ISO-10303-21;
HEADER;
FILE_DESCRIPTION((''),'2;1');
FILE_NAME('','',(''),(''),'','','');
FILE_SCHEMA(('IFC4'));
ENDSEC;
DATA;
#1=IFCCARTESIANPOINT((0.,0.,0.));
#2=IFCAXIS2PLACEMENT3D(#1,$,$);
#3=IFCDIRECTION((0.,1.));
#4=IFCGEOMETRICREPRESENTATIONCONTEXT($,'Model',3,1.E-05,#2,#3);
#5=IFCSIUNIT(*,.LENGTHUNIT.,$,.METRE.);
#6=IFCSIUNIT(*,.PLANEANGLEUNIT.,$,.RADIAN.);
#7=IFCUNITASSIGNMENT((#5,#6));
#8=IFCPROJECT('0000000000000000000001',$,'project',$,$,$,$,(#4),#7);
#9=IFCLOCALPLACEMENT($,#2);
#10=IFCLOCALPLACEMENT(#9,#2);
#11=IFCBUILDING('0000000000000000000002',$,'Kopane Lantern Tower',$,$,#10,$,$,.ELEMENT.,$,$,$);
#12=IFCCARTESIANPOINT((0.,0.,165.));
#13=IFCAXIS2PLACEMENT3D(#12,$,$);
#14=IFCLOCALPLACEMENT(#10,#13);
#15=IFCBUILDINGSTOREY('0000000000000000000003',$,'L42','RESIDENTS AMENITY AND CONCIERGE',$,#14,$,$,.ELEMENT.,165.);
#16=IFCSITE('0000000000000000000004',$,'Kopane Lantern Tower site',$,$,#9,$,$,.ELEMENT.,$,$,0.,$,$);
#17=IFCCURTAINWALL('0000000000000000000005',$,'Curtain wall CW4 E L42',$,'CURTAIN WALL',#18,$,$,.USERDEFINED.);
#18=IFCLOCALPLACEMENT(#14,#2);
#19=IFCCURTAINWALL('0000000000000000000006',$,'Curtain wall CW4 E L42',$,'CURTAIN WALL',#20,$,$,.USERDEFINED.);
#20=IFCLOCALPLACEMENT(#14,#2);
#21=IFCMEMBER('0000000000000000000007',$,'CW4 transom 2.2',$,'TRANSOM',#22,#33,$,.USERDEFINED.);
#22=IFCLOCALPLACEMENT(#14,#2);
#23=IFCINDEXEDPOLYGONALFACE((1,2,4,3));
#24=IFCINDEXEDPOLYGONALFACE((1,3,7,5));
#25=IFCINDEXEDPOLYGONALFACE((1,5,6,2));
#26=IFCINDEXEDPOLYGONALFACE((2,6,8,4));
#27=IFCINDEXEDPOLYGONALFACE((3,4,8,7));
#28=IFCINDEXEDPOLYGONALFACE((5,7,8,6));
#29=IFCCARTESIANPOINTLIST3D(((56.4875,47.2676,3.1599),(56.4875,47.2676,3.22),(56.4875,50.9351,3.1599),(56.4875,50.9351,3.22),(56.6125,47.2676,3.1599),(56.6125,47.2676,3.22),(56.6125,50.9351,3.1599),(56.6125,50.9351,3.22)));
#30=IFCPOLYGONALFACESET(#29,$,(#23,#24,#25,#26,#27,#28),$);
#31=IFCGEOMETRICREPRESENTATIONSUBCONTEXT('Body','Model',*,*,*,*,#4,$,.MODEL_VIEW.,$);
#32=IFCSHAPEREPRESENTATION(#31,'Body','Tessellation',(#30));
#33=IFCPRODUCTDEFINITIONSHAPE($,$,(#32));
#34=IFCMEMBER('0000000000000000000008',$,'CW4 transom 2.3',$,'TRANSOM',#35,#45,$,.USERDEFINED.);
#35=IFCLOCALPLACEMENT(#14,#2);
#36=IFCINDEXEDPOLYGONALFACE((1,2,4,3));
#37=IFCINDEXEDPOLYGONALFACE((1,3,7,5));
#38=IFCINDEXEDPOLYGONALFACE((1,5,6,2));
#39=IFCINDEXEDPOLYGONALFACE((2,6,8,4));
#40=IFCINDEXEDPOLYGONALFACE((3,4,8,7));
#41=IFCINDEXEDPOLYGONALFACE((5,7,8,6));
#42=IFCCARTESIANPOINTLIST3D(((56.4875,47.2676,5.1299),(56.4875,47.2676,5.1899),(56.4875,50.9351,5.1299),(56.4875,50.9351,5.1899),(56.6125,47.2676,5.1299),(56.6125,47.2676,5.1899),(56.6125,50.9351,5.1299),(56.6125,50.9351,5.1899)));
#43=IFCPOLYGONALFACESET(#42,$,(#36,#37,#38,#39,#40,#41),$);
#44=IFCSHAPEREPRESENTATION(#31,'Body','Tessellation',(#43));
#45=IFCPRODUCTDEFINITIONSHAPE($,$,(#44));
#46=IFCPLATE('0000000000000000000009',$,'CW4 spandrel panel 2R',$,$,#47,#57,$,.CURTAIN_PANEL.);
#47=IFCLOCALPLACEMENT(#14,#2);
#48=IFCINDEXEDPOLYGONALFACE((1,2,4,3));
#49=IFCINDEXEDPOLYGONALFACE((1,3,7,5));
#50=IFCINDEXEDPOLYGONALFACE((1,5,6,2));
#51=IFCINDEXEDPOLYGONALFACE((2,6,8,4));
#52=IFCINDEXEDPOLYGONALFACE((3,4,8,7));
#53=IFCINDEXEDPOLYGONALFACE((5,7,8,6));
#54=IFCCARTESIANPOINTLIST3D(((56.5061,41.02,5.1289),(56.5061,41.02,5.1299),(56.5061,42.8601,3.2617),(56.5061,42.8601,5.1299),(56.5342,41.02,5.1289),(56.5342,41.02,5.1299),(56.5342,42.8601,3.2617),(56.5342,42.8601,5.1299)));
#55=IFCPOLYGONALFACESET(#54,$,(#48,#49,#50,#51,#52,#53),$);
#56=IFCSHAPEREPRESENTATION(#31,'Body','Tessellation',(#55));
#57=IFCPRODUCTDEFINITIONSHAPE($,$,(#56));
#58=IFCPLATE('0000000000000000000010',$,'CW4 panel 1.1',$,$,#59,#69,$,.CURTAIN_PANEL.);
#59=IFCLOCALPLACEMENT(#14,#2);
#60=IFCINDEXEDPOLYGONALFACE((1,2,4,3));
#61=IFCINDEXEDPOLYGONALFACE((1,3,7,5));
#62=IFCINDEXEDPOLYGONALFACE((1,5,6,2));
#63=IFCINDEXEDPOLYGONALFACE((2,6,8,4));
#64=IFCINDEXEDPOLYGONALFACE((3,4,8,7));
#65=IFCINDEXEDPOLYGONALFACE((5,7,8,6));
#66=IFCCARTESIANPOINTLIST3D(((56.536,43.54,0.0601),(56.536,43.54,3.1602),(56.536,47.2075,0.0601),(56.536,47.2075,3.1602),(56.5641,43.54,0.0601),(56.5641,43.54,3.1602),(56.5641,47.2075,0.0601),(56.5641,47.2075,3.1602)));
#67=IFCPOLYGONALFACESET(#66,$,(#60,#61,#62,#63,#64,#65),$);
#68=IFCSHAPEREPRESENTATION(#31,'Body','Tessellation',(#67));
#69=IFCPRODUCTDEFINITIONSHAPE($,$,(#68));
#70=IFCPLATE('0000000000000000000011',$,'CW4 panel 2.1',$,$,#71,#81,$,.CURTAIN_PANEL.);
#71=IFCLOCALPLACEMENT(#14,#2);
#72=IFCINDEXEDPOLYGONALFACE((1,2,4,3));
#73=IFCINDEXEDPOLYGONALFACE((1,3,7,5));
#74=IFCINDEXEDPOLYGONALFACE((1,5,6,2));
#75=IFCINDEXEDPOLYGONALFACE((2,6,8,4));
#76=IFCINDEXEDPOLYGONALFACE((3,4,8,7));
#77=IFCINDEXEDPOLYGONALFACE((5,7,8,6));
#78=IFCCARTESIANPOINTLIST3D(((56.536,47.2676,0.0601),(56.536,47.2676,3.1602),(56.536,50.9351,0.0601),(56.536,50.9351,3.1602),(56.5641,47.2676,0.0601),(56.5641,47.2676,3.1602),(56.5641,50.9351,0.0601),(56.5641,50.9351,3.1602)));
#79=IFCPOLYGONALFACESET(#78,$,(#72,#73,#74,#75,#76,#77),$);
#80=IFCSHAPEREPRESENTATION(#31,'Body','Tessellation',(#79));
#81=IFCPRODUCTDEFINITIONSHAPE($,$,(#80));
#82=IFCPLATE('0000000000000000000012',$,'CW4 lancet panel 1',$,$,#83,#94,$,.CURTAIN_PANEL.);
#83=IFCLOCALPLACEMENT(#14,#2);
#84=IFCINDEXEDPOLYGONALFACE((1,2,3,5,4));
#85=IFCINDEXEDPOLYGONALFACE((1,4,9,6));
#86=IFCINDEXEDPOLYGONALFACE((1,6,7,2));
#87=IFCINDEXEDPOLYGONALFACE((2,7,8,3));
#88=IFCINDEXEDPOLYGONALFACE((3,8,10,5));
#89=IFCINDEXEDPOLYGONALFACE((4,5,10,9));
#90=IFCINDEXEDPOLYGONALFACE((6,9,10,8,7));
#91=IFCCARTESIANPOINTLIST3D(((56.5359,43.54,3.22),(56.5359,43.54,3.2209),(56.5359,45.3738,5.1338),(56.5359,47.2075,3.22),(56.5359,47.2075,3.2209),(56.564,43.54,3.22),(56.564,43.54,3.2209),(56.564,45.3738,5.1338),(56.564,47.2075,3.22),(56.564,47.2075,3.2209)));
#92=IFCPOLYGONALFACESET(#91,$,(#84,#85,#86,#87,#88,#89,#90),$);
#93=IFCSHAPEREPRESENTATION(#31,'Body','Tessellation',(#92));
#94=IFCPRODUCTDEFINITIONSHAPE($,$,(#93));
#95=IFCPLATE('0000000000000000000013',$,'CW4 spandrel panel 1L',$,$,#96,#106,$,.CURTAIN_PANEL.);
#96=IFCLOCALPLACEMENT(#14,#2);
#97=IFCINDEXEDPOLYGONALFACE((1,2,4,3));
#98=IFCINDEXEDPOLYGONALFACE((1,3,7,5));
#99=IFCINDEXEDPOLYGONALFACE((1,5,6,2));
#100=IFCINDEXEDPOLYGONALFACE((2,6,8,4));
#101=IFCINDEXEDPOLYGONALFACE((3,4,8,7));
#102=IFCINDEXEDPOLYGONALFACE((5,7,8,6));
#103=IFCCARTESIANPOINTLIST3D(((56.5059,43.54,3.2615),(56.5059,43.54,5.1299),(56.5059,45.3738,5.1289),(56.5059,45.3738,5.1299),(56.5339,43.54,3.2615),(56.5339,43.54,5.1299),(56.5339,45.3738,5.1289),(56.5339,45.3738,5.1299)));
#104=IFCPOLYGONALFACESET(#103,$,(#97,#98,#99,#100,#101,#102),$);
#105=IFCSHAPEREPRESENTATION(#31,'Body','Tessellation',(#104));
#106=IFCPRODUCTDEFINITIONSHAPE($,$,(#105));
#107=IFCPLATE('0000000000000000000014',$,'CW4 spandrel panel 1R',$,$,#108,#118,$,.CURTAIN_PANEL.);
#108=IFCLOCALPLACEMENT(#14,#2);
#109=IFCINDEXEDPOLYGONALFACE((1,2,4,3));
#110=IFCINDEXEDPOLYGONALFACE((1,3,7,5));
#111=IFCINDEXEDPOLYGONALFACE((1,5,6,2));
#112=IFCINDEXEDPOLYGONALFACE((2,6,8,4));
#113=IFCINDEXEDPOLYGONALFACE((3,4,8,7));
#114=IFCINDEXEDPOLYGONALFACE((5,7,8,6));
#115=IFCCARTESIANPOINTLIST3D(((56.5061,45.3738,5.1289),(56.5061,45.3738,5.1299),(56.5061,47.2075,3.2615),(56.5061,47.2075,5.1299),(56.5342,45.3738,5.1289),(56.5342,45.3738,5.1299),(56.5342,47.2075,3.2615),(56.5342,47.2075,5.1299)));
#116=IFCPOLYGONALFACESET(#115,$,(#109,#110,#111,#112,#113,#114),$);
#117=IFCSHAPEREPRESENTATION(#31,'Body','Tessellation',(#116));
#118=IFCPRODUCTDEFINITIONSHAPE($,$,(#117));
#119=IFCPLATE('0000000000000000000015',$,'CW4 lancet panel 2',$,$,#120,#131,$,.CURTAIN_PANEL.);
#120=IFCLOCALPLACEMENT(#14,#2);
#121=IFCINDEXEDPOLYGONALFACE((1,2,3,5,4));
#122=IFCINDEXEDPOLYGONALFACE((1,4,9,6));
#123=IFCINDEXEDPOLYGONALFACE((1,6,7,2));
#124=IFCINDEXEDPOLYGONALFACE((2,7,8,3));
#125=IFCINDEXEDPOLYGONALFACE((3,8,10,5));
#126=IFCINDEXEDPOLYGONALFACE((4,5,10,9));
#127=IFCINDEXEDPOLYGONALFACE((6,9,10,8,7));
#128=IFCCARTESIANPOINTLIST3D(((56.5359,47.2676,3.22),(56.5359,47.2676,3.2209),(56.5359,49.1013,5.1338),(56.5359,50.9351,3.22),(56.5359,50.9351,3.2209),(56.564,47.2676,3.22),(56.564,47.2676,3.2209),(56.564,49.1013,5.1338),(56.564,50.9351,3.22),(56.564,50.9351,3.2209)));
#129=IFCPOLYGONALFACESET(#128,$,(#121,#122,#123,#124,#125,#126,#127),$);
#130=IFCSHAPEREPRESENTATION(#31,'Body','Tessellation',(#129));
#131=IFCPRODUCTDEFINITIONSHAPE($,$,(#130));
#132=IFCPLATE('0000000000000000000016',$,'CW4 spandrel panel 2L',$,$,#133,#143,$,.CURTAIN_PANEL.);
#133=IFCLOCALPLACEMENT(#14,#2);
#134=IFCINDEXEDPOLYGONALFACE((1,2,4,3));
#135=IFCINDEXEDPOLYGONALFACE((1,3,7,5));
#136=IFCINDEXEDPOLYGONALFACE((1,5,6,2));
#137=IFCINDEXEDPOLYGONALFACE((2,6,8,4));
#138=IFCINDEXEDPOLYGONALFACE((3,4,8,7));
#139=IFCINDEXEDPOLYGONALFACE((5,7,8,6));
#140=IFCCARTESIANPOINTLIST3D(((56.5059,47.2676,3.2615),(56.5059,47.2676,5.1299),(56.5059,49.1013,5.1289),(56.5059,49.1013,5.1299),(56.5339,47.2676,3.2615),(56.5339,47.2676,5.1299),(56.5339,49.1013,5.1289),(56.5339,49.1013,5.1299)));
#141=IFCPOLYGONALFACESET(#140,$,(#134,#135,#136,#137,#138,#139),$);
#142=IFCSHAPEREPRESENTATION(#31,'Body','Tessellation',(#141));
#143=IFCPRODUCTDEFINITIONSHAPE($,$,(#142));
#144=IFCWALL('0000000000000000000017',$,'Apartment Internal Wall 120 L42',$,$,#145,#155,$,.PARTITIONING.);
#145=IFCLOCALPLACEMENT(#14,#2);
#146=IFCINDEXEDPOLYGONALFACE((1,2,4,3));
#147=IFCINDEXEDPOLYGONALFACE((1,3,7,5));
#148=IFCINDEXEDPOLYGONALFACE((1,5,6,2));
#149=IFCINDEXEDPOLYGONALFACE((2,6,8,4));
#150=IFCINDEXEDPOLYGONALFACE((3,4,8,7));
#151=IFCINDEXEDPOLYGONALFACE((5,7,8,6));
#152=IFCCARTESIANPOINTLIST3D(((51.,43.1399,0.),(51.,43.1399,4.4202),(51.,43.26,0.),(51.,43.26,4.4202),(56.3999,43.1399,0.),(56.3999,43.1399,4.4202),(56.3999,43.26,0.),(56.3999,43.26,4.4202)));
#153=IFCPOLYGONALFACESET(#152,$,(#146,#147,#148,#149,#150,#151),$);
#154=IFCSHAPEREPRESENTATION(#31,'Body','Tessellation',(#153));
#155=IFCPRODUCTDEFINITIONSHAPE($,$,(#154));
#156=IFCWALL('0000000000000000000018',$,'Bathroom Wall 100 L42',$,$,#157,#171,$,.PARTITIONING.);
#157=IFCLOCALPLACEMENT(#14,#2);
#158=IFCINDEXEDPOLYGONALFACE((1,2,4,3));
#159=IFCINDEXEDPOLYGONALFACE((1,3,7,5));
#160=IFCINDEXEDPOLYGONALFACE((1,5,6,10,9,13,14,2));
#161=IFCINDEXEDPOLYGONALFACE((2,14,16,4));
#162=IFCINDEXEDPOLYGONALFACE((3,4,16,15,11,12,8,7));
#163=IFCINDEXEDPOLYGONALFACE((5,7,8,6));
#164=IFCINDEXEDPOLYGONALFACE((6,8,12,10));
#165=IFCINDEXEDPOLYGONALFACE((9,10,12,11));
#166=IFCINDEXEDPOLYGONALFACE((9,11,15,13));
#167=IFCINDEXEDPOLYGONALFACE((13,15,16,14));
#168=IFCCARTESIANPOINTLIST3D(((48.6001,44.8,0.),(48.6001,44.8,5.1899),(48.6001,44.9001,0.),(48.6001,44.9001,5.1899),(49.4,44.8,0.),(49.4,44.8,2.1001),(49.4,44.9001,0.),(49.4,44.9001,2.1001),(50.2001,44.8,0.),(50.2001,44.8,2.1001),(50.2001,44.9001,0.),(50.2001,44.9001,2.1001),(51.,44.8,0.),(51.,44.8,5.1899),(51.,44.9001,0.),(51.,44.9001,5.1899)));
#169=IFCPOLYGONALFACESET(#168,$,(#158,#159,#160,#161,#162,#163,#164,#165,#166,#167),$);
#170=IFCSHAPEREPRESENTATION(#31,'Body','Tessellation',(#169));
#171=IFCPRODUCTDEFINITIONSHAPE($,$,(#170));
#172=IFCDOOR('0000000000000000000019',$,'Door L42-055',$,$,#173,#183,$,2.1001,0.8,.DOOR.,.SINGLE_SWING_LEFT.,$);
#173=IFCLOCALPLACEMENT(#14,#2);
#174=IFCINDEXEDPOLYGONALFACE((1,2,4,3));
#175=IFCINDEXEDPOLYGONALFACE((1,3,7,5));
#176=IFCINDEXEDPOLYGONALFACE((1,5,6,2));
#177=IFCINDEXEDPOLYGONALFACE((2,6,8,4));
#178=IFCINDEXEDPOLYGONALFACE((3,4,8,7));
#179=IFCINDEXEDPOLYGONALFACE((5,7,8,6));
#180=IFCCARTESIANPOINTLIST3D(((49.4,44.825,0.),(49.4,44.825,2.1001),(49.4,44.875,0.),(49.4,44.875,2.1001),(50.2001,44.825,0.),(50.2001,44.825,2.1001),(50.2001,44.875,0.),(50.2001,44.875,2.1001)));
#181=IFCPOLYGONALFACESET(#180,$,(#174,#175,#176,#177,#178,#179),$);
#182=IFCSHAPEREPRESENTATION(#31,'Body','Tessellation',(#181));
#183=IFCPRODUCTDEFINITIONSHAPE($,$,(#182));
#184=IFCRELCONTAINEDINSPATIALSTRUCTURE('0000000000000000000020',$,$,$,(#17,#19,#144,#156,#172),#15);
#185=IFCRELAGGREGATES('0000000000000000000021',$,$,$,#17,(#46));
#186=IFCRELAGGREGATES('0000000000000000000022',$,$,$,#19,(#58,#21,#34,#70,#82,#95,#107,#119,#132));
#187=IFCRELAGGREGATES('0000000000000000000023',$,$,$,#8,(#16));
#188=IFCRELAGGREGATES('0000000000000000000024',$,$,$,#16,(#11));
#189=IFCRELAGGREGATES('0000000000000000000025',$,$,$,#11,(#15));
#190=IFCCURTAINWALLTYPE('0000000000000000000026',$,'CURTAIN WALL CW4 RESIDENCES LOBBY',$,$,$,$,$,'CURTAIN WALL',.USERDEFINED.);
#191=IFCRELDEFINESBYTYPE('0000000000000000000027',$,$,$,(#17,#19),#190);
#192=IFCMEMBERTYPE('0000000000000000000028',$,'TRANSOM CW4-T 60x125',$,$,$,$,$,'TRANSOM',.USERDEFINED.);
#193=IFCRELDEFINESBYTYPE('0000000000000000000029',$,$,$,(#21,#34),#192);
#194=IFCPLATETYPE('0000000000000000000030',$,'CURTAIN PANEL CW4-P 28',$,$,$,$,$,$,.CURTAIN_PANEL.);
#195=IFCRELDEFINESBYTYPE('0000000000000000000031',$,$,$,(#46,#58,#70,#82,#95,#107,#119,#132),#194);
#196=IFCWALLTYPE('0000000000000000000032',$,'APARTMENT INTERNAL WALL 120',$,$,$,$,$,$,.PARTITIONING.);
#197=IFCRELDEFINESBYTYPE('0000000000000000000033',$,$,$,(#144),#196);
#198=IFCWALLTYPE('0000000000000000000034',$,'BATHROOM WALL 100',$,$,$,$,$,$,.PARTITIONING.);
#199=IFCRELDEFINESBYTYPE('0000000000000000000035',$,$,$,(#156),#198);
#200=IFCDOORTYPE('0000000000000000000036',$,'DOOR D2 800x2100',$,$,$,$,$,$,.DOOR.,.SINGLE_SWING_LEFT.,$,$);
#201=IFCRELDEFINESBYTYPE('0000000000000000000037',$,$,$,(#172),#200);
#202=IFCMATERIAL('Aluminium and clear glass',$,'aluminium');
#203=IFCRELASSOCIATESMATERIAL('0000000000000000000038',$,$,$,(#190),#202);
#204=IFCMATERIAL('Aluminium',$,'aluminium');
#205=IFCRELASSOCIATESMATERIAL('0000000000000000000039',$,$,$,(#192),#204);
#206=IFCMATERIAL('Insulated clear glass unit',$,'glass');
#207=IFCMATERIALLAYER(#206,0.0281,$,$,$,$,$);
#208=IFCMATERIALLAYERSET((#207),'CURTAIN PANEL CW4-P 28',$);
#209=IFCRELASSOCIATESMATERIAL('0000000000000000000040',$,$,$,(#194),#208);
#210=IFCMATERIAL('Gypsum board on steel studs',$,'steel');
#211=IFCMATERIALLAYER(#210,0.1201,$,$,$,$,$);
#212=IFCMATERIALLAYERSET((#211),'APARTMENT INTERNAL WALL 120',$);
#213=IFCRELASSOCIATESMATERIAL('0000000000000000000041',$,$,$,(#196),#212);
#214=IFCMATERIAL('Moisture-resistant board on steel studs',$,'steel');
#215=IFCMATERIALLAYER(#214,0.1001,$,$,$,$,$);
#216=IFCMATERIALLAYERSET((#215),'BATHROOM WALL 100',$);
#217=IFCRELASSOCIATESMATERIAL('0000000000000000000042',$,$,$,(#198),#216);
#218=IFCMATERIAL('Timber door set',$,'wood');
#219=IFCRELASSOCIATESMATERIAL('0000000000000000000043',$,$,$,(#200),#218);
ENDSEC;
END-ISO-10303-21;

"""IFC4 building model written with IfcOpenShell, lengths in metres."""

from ifc_helpers import new_model, si_unit, direction, frame, frame_2d, origin, origin_2d, place, context, subcontext, project, spatial, polyline, rectangle, outline, extrude, material, layer, layer_set, material_profile, profile_set, type_object, element, fill, aggregate, save


model = new_model("IFC4")

# Units and contexts
model_context = context("Model", 3, precision=1e-05, world=origin(), true_north=direction((0.0, 1.0)))
body_context = subcontext(model_context, "Body", "Model", "MODEL_VIEW")
ifc_project = project(units=[si_unit("LENGTHUNIT", "METRE"), si_unit("PLANEANGLEUNIT", "RADIAN")], contexts=[model_context])

# Site, building, storey
site_placement = place(None, origin())
site = spatial("IfcSite", under=ifc_project, at=site_placement, Name="Kopane Lantern Tower site", CompositionType="ELEMENT", RefElevation=0.0)
building_placement = place(site_placement, origin())
building = spatial("IfcBuilding", under=site, at=building_placement, Name="Kopane Lantern Tower", CompositionType="ELEMENT")
storey_placement = place(building_placement, frame((0.0, 0.0, 165.0)))
storey = spatial("IfcBuildingStorey", under=building, at=storey_placement, Name="L42", Description="RESIDENTS AMENITY AND CONCIERGE", CompositionType="ELEMENT", Elevation=165.0)

# Curtain wall
ifc_material_1 = material(Name="Aluminium and clear glass", Category="aluminium")
curtain_wall_type = type_object("IfcCurtainWallType", Name="CURTAIN WALL CW4 RESIDENCES LOBBY", ElementType="CURTAIN WALL", PredefinedType="USERDEFINED", material=ifc_material_1)
curtain_wall_1_placement = place(storey_placement, origin())
curtain_wall_1 = element("IfcCurtainWall", 1, at=curtain_wall_1_placement, inside=storey, type_object=curtain_wall_type, Name="Curtain wall CW4 E L42", ObjectType="CURTAIN WALL", PredefinedType="USERDEFINED")

# Curtain wall, members
curtain_wall_2_placement = place(storey_placement, origin())
curtain_wall_2 = element("IfcCurtainWall", 2, at=curtain_wall_2_placement, inside=storey, type_object=curtain_wall_type, Name="Curtain wall CW4 E L42", ObjectType="CURTAIN WALL", PredefinedType="USERDEFINED")
ifc_material_2 = material(Name="Aluminium", Category="aluminium")
ifc_material_profile_1 = material_profile(ifc_material_2, rectangle(XDim=0.125, YDim=0.0601, at=origin_2d()), Name="AL 125x60")
ifc_profile_set_1 = profile_set([ifc_material_profile_1], Name="Aluminium")
member_type_1 = type_object("IfcMemberType", Name="TRANSOM CW4-T 60x125", ElementType="TRANSOM", PredefinedType="USERDEFINED", material=ifc_profile_set_1)
member_1_placement = place(storey_placement, frame((56.55, 47.2676, 3.1899), z_axis=(0.0, 1.0, 0.0), x_axis=(-1.0, 0.0, 0.0)))
member_1 = element("IfcMember", 3, at=member_1_placement, type_object=member_type_1, Name="CW4 transom 2.2", ObjectType="TRANSOM", PredefinedType="USERDEFINED", context=body_context, shape_type="SweptSolid", body=[
    extrude(rectangle(XDim=0.125, YDim=0.0601, at=origin_2d()), origin(), (0.0, 0.0, 1.0), 3.6675),
])
member_2_placement = place(storey_placement, frame((56.55, 47.2676, 5.1599), z_axis=(0.0, 1.0, 0.0), x_axis=(-1.0, 0.0, 0.0)))
member_2 = element("IfcMember", 4, at=member_2_placement, type_object=member_type_1, Name="CW4 transom 2.3", ObjectType="TRANSOM", PredefinedType="USERDEFINED", context=body_context, shape_type="SweptSolid", body=[
    extrude(rectangle(XDim=0.125, YDim=0.0601, at=origin_2d()), origin(), (0.0, 0.0, 1.0), 3.6675),
])

# Plates
ifc_material_3 = material(Name="Insulated clear glass unit", Category="glass")
ifc_layer_1 = layer(ifc_material_3, 0.0281)
ifc_layer_set_1 = layer_set([ifc_layer_1], Name="CURTAIN PANEL CW4-P 28")
plate_type = type_object("IfcPlateType", Name="CURTAIN PANEL CW4-P 28", PredefinedType="CURTAIN_PANEL", material=ifc_layer_set_1)
plate_1_placement = place(storey_placement, frame((56.52, 42.8601, 5.1299), z_axis=(0.0, 0.0, 1.0), x_axis=(0.0, -1.0, 0.0)))
plate_1 = element("IfcPlate", 5, at=plate_1_placement, type_object=plate_type, Name="CW4 spandrel panel 2R", PredefinedType="CURTAIN_PANEL", context=body_context, shape_type="SweptSolid", body=[
    extrude(outline(polyline([(0.0, 0.0), (1.8401, 0.0), (1.8401, -0.001), (0.0, -1.8682), (0.0, 0.0)])), frame((0.0, 0.0142, 0.0), z_axis=(0.0, -1.0, 0.0), x_axis=(1.0, 0.0, 0.0)), (0.0, 0.0, 1.0), 0.0281),
])
aggregate(curtain_wall_1, [plate_1])
plate_2_placement = place(storey_placement, frame((56.55, 45.3738, 0.0601), z_axis=(0.0, 0.0, 1.0), x_axis=(0.0, 1.0, 0.0)))
plate_2 = element("IfcPlate", 6, at=plate_2_placement, type_object=plate_type, Name="CW4 panel 1.1", PredefinedType="CURTAIN_PANEL", context=body_context, shape_type="SweptSolid", body=[
    extrude(rectangle(XDim=3.6675, YDim=0.0281, at=origin_2d()), origin(), (0.0, 0.0, 1.0), 3.1001),
])
plate_3_placement = place(storey_placement, frame((56.55, 49.1013, 0.0601), z_axis=(0.0, 0.0, 1.0), x_axis=(0.0, 1.0, 0.0)))
plate_3 = element("IfcPlate", 7, at=plate_3_placement, type_object=plate_type, Name="CW4 panel 2.1", PredefinedType="CURTAIN_PANEL", context=body_context, shape_type="SweptSolid", body=[
    extrude(rectangle(XDim=3.6675, YDim=0.0281, at=origin_2d()), origin(), (0.0, 0.0, 1.0), 3.1001),
])
plate_4_placement = place(storey_placement, frame((56.55, 43.54, 3.22), z_axis=(0.0, 0.0, 1.0), x_axis=(0.0, 1.0, 0.0)))
plate_4 = element("IfcPlate", 8, at=plate_4_placement, type_object=plate_type, Name="CW4 lancet panel 1", PredefinedType="CURTAIN_PANEL", context=body_context, shape_type="SweptSolid", body=[
    extrude(outline(polyline([(0.0, 0.0), (3.6675, 0.0), (3.6675, 0.001), (1.8337, 1.9138), (0.0, 0.001), (0.0, 0.0)])), frame((0.0, 0.0142, 0.0), z_axis=(0.0, -1.0, 0.0), x_axis=(1.0, 0.0, 0.0)), (0.0, 0.0, 1.0), 0.0281),
])
plate_5_placement = place(storey_placement, frame((56.52, 43.54, 5.1299), z_axis=(0.0, 0.0, 1.0), x_axis=(0.0, 1.0, 0.0)))
plate_5 = element("IfcPlate", 9, at=plate_5_placement, type_object=plate_type, Name="CW4 spandrel panel 1L", PredefinedType="CURTAIN_PANEL", context=body_context, shape_type="SweptSolid", body=[
    extrude(outline(polyline([(0.0, 0.0), (1.8337, 0.0), (1.8337, -0.001), (0.0, -1.8684), (0.0, 0.0)])), frame((0.0, 0.0142, 0.0), z_axis=(0.0, -1.0, 0.0), x_axis=(1.0, 0.0, 0.0)), (0.0, 0.0, 1.0), 0.0281),
])
plate_6_placement = place(storey_placement, frame((56.52, 47.2075, 5.1299), z_axis=(0.0, 0.0, 1.0), x_axis=(0.0, -1.0, 0.0)))
plate_6 = element("IfcPlate", 10, at=plate_6_placement, type_object=plate_type, Name="CW4 spandrel panel 1R", PredefinedType="CURTAIN_PANEL", context=body_context, shape_type="SweptSolid", body=[
    extrude(outline(polyline([(0.0, 0.0), (1.8337, 0.0), (1.8337, -0.001), (0.0, -1.8684), (0.0, 0.0)])), frame((0.0, 0.0142, 0.0), z_axis=(0.0, -1.0, 0.0), x_axis=(1.0, 0.0, 0.0)), (0.0, 0.0, 1.0), 0.0281),
])
plate_7_placement = place(storey_placement, frame((56.55, 47.2676, 3.22), z_axis=(0.0, 0.0, 1.0), x_axis=(0.0, 1.0, 0.0)))
plate_7 = element("IfcPlate", 11, at=plate_7_placement, type_object=plate_type, Name="CW4 lancet panel 2", PredefinedType="CURTAIN_PANEL", context=body_context, shape_type="SweptSolid", body=[
    extrude(outline(polyline([(0.0, 0.0), (3.6675, 0.0), (3.6675, 0.001), (1.8337, 1.9138), (0.0, 0.001), (0.0, 0.0)])), frame((0.0, 0.0142, 0.0), z_axis=(0.0, -1.0, 0.0), x_axis=(1.0, 0.0, 0.0)), (0.0, 0.0, 1.0), 0.0281),
])
plate_8_placement = place(storey_placement, frame((56.52, 47.2676, 5.1299), z_axis=(0.0, 0.0, 1.0), x_axis=(0.0, 1.0, 0.0)))
plate_8 = element("IfcPlate", 12, at=plate_8_placement, type_object=plate_type, Name="CW4 spandrel panel 2L", PredefinedType="CURTAIN_PANEL", context=body_context, shape_type="SweptSolid", body=[
    extrude(outline(polyline([(0.0, 0.0), (1.8337, 0.0), (1.8337, -0.001), (0.0, -1.8684), (0.0, 0.0)])), frame((0.0, 0.0142, 0.0), z_axis=(0.0, -1.0, 0.0), x_axis=(1.0, 0.0, 0.0)), (0.0, 0.0, 1.0), 0.0281),
])
aggregate(curtain_wall_2, [plate_2, member_1, member_2, plate_3, plate_4, plate_5, plate_6, plate_7, plate_8])

# Wall
ifc_material_4 = material(Name="Gypsum board on steel studs", Category="steel")
ifc_layer_2 = layer(ifc_material_4, 0.1201)
ifc_layer_set_2 = layer_set([ifc_layer_2], Name="APARTMENT INTERNAL WALL 120")
wall_type_1 = type_object("IfcWallType", Name="APARTMENT INTERNAL WALL 120", PredefinedType="PARTITIONING", material=ifc_layer_set_2)
wall_1_placement = place(storey_placement, frame((51.0, 43.2, 0.0), z_axis=(0.0, 0.0, 1.0), x_axis=(1.0, 0.0, 0.0)))
element("IfcWall", 13, at=wall_1_placement, inside=storey, type_object=wall_type_1, Name="Apartment Internal Wall 120 L42", PredefinedType="PARTITIONING", context=body_context, shape_type="SweptSolid", body=[
    extrude(rectangle(XDim=5.3999, YDim=0.1201, at=frame_2d((2.7, 0.0))), origin(), (0.0, 0.0, 1.0), 4.4202),
])

# Wall, opening, door
ifc_material_5 = material(Name="Moisture-resistant board on steel studs", Category="steel")
ifc_layer_3 = layer(ifc_material_5, 0.1001)
ifc_layer_set_3 = layer_set([ifc_layer_3], Name="BATHROOM WALL 100")
wall_type_2 = type_object("IfcWallType", Name="BATHROOM WALL 100", PredefinedType="PARTITIONING", material=ifc_layer_set_3)
wall_2_placement = place(storey_placement, frame((48.6001, 44.8501, 0.0), z_axis=(0.0, 0.0, 1.0), x_axis=(1.0, 0.0, 0.0)))
wall_2 = element("IfcWall", 14, at=wall_2_placement, inside=storey, type_object=wall_type_2, Name="Bathroom Wall 100 L42", PredefinedType="PARTITIONING", context=body_context, shape_type="SweptSolid", body=[
    extrude(rectangle(XDim=2.3999, YDim=0.1001, at=frame_2d((1.2, 0.0))), origin(), (0.0, 0.0, 1.0), 5.1899),
])
opening_1_placement = place(wall_2_placement, frame((0.8, 0.0, 0.0)))
opening_1 = element("IfcOpeningElement", 15, at=opening_1_placement, cuts=wall_2, PredefinedType="OPENING", context=body_context, shape_type="SweptSolid", body=[
    extrude(rectangle(XDim=0.8, YDim=2.1001, at=frame_2d((0.3999, 1.05))), frame((0.0, 0.0601, 0.0), z_axis=(0.0, -1.0, 0.0), x_axis=(1.0, 0.0, 0.0)), (0.0, 0.0, 1.0), 0.1201),
])
ifc_material_6 = material(Name="Timber door set", Category="wood")
door_type = type_object("IfcDoorType", Name="DOOR D2 800x2100", OperationType="SINGLE_SWING_LEFT", PredefinedType="DOOR", material=ifc_material_6)
door_1_placement = place(opening_1_placement, origin())
door_1 = element("IfcDoor", 16, at=door_1_placement, inside=storey, type_object=door_type, Name="Door L42-055", OperationType="SINGLE_SWING_LEFT", OverallHeight=2.1001, OverallWidth=0.8, PredefinedType="DOOR", context=body_context, shape_type="SweptSolid", body=[
    extrude(rectangle(XDim=0.8, YDim=2.1001, at=frame_2d((0.3999, 1.05))), frame((0.0, 0.0249, 0.0), z_axis=(0.0, -1.0, 0.0), x_axis=(1.0, 0.0, 0.0)), (0.0, 0.0, 1.0), 0.05),
])
fill(opening_1, door_1)

save(model, "model.ifc")
